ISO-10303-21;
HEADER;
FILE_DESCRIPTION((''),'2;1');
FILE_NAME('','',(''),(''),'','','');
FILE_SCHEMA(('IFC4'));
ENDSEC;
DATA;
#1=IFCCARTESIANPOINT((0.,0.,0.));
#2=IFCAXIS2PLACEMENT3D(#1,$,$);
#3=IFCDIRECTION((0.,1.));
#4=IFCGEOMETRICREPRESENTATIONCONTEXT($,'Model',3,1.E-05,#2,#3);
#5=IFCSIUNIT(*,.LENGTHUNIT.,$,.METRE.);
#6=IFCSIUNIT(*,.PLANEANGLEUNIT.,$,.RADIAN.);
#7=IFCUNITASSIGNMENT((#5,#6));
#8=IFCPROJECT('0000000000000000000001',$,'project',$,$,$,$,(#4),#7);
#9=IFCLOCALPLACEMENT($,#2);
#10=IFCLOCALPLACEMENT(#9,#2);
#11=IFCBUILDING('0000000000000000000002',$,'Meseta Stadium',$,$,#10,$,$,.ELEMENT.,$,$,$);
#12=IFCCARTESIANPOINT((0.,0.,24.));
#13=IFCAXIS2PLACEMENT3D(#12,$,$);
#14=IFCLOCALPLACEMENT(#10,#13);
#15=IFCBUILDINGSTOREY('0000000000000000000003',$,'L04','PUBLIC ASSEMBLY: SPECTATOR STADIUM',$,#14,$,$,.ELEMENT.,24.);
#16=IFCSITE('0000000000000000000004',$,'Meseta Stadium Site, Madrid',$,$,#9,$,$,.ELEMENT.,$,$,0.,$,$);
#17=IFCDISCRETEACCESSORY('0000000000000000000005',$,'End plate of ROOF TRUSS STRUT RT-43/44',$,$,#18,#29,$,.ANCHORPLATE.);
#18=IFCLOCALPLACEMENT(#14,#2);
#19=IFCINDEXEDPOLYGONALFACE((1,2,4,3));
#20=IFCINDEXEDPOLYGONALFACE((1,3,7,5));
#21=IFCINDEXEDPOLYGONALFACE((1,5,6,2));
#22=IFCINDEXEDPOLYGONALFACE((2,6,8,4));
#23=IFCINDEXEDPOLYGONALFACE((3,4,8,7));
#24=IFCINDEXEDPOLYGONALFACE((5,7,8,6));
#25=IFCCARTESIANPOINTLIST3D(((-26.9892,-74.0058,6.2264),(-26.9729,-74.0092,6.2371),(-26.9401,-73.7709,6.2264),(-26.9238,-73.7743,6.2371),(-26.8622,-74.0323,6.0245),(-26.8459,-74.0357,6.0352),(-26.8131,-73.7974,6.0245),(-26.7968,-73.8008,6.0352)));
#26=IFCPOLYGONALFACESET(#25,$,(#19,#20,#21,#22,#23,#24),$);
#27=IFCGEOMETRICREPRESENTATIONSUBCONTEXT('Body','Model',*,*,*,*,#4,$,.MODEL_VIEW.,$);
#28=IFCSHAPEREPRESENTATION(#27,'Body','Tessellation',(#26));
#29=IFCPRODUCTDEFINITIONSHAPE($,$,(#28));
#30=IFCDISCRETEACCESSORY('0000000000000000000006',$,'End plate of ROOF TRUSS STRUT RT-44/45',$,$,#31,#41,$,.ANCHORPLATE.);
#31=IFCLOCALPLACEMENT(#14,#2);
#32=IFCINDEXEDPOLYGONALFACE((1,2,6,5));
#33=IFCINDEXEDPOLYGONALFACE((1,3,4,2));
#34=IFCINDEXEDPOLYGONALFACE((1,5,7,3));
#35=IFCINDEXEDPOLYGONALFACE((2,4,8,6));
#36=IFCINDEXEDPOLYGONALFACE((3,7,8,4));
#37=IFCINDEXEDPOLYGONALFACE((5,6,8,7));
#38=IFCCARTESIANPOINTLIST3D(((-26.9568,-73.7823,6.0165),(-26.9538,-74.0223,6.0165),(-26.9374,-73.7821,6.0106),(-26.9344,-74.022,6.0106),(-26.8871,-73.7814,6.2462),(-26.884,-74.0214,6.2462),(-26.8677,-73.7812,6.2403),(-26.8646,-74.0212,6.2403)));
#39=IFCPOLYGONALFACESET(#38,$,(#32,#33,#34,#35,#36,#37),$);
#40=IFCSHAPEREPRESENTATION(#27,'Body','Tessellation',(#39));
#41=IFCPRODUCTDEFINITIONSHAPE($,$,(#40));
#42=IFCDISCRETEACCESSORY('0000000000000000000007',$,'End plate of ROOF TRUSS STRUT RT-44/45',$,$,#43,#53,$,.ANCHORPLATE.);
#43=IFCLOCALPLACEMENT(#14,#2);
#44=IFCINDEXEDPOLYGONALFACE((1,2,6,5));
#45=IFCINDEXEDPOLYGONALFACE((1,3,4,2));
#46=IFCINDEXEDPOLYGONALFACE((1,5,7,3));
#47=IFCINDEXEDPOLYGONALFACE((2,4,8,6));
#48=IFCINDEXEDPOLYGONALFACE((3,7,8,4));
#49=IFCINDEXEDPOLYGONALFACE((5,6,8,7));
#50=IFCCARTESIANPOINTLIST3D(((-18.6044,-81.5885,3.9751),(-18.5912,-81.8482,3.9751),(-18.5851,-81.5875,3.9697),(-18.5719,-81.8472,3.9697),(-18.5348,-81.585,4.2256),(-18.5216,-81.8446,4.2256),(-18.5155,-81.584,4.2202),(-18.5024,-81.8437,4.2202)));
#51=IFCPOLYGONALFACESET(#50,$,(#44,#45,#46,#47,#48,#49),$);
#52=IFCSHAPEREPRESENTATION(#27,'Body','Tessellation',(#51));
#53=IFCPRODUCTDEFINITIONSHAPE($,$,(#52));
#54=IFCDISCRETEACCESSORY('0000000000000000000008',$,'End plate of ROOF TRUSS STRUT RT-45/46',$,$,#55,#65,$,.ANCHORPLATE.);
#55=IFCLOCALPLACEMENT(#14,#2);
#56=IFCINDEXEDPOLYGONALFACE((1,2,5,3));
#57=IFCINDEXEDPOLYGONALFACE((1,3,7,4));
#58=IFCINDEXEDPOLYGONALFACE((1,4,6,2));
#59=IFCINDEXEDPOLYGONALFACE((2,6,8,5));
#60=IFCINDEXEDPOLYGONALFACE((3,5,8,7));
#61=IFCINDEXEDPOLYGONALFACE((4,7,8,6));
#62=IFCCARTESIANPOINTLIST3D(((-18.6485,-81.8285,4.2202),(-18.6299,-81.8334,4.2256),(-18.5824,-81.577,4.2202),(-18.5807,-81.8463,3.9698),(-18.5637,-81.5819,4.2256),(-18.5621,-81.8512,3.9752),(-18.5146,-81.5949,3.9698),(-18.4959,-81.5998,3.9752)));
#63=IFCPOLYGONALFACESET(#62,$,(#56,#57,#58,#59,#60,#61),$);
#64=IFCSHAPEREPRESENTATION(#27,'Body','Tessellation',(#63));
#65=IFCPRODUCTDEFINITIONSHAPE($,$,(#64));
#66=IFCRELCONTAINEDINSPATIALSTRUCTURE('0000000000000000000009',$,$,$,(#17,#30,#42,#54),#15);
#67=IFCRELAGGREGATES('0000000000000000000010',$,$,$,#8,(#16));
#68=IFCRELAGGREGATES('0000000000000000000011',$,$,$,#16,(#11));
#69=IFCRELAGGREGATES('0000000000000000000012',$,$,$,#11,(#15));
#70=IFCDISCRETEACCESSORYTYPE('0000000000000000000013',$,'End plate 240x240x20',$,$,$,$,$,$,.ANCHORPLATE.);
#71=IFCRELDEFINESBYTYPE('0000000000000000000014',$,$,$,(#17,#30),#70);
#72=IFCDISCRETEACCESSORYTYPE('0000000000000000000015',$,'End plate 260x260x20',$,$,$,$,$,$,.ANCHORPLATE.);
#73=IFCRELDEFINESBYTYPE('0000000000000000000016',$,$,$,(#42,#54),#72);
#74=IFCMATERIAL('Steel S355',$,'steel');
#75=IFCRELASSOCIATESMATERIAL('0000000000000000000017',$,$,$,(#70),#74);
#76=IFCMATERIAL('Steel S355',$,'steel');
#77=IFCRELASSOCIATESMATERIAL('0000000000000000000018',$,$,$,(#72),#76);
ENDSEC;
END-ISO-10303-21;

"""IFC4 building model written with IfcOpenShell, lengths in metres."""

from ifc_helpers import new_model, si_unit, direction, frame, origin, origin_2d, place, context, subcontext, project, spatial, rectangle, extrude, material, material_profile, profile_set, type_object, element, save


model = new_model("IFC4")

# Units and contexts
model_context = context("Model", 3, precision=1e-05, world=origin(), true_north=direction((0.0, 1.0)))
body_context = subcontext(model_context, "Body", "Model", "MODEL_VIEW")
ifc_project = project(units=[si_unit("LENGTHUNIT", "METRE"), si_unit("PLANEANGLEUNIT", "RADIAN")], contexts=[model_context])

# Site, building, storey
site_placement = place(None, origin())
site = spatial("IfcSite", under=ifc_project, at=site_placement, Name="Meseta Stadium Site, Madrid", CompositionType="ELEMENT", RefElevation=0.0)
building_placement = place(site_placement, origin())
building = spatial("IfcBuilding", under=site, at=building_placement, Name="Meseta Stadium", CompositionType="ELEMENT")
storey_placement = place(building_placement, frame((0.0, 0.0, 24.0)))
storey = spatial("IfcBuildingStorey", under=building, at=storey_placement, Name="L04", Description="PUBLIC ASSEMBLY: SPECTATOR STADIUM", CompositionType="ELEMENT", Elevation=24.0)

# Discrete accessories
ifc_material_1 = material(Name="Steel S355", Category="steel")
ifc_material_profile_1 = material_profile(ifc_material_1, rectangle(XDim=0.24, YDim=0.24, at=origin_2d()), Name="PL 240x240")
ifc_profile_set_1 = profile_set([ifc_material_profile_1], Name="Steel S355")
discrete_accessory_type_1 = type_object("IfcDiscreteAccessoryType", Name="End plate 240x240x20", PredefinedType="ANCHORPLATE", material=ifc_profile_set_1)
discrete_accessory_1_placement = place(storey_placement, frame((-26.9011, -73.9016, 6.1255), z_axis=(0.823404, -0.172055, 0.540743), x_axis=(0.204538, 0.978859, 0.0)))
element("IfcDiscreteAccessory", 1, at=discrete_accessory_1_placement, inside=storey, type_object=discrete_accessory_type_1, Name="End plate of ROOF TRUSS STRUT RT-43/44", PredefinedType="ANCHORPLATE", context=body_context, shape_type="SweptSolid", body=[
    extrude(rectangle(XDim=0.24, YDim=0.24, at=origin_2d()), origin(), (0.0, 0.0, 1.0), 0.0198),
])
discrete_accessory_2_placement = place(storey_placement, frame((-26.9204, -73.9019, 6.1313), z_axis=(0.95675, 0.012111, -0.290658), x_axis=(-0.012657, 0.99992, 0.0)))
element("IfcDiscreteAccessory", 2, at=discrete_accessory_2_placement, inside=storey, type_object=discrete_accessory_type_1, Name="End plate of ROOF TRUSS STRUT RT-44/45", PredefinedType="ANCHORPLATE", context=body_context, shape_type="SweptSolid", body=[
    extrude(rectangle(XDim=0.24, YDim=0.24, at=origin_2d()), origin(), (0.0, 0.0, 1.0), 0.0203),
])
ifc_material_2 = material(Name="Steel S355", Category="steel")
ifc_material_profile_2 = material_profile(ifc_material_2, rectangle(XDim=0.26, YDim=0.26, at=origin_2d()), Name="PL 260x260")
ifc_profile_set_2 = profile_set([ifc_material_profile_2], Name="Steel S355")
discrete_accessory_type_2 = type_object("IfcDiscreteAccessoryType", Name="End plate 260x260x20", PredefinedType="ANCHORPLATE", material=ifc_profile_set_2)
for number, where, z_axis, x_axis, name in (
    (3, (-18.563, -81.7166, 4.1003), (0.962199, 0.048719, -0.267954), (-0.050568, 0.998721, 0.0), "End plate of ROOF TRUSS STRUT RT-44/45"),
    (4, (-18.5815, -81.7117, 4.095), (0.931272, -0.245072, 0.269579), (0.254493, 0.967075, 0.0), "End plate of ROOF TRUSS STRUT RT-45/46"),
):
    element("IfcDiscreteAccessory", number, at=place(storey_placement, frame(where, z_axis=z_axis, x_axis=x_axis)), inside=storey, type_object=discrete_accessory_type_2, Name=name, PredefinedType="ANCHORPLATE", context=body_context, shape_type="SweptSolid", body=[
        extrude(rectangle(XDim=0.26, YDim=0.26, at=origin_2d()), origin(), (0.0, 0.0, 1.0), 0.02),
    ])

save(model, "model.ifc")
